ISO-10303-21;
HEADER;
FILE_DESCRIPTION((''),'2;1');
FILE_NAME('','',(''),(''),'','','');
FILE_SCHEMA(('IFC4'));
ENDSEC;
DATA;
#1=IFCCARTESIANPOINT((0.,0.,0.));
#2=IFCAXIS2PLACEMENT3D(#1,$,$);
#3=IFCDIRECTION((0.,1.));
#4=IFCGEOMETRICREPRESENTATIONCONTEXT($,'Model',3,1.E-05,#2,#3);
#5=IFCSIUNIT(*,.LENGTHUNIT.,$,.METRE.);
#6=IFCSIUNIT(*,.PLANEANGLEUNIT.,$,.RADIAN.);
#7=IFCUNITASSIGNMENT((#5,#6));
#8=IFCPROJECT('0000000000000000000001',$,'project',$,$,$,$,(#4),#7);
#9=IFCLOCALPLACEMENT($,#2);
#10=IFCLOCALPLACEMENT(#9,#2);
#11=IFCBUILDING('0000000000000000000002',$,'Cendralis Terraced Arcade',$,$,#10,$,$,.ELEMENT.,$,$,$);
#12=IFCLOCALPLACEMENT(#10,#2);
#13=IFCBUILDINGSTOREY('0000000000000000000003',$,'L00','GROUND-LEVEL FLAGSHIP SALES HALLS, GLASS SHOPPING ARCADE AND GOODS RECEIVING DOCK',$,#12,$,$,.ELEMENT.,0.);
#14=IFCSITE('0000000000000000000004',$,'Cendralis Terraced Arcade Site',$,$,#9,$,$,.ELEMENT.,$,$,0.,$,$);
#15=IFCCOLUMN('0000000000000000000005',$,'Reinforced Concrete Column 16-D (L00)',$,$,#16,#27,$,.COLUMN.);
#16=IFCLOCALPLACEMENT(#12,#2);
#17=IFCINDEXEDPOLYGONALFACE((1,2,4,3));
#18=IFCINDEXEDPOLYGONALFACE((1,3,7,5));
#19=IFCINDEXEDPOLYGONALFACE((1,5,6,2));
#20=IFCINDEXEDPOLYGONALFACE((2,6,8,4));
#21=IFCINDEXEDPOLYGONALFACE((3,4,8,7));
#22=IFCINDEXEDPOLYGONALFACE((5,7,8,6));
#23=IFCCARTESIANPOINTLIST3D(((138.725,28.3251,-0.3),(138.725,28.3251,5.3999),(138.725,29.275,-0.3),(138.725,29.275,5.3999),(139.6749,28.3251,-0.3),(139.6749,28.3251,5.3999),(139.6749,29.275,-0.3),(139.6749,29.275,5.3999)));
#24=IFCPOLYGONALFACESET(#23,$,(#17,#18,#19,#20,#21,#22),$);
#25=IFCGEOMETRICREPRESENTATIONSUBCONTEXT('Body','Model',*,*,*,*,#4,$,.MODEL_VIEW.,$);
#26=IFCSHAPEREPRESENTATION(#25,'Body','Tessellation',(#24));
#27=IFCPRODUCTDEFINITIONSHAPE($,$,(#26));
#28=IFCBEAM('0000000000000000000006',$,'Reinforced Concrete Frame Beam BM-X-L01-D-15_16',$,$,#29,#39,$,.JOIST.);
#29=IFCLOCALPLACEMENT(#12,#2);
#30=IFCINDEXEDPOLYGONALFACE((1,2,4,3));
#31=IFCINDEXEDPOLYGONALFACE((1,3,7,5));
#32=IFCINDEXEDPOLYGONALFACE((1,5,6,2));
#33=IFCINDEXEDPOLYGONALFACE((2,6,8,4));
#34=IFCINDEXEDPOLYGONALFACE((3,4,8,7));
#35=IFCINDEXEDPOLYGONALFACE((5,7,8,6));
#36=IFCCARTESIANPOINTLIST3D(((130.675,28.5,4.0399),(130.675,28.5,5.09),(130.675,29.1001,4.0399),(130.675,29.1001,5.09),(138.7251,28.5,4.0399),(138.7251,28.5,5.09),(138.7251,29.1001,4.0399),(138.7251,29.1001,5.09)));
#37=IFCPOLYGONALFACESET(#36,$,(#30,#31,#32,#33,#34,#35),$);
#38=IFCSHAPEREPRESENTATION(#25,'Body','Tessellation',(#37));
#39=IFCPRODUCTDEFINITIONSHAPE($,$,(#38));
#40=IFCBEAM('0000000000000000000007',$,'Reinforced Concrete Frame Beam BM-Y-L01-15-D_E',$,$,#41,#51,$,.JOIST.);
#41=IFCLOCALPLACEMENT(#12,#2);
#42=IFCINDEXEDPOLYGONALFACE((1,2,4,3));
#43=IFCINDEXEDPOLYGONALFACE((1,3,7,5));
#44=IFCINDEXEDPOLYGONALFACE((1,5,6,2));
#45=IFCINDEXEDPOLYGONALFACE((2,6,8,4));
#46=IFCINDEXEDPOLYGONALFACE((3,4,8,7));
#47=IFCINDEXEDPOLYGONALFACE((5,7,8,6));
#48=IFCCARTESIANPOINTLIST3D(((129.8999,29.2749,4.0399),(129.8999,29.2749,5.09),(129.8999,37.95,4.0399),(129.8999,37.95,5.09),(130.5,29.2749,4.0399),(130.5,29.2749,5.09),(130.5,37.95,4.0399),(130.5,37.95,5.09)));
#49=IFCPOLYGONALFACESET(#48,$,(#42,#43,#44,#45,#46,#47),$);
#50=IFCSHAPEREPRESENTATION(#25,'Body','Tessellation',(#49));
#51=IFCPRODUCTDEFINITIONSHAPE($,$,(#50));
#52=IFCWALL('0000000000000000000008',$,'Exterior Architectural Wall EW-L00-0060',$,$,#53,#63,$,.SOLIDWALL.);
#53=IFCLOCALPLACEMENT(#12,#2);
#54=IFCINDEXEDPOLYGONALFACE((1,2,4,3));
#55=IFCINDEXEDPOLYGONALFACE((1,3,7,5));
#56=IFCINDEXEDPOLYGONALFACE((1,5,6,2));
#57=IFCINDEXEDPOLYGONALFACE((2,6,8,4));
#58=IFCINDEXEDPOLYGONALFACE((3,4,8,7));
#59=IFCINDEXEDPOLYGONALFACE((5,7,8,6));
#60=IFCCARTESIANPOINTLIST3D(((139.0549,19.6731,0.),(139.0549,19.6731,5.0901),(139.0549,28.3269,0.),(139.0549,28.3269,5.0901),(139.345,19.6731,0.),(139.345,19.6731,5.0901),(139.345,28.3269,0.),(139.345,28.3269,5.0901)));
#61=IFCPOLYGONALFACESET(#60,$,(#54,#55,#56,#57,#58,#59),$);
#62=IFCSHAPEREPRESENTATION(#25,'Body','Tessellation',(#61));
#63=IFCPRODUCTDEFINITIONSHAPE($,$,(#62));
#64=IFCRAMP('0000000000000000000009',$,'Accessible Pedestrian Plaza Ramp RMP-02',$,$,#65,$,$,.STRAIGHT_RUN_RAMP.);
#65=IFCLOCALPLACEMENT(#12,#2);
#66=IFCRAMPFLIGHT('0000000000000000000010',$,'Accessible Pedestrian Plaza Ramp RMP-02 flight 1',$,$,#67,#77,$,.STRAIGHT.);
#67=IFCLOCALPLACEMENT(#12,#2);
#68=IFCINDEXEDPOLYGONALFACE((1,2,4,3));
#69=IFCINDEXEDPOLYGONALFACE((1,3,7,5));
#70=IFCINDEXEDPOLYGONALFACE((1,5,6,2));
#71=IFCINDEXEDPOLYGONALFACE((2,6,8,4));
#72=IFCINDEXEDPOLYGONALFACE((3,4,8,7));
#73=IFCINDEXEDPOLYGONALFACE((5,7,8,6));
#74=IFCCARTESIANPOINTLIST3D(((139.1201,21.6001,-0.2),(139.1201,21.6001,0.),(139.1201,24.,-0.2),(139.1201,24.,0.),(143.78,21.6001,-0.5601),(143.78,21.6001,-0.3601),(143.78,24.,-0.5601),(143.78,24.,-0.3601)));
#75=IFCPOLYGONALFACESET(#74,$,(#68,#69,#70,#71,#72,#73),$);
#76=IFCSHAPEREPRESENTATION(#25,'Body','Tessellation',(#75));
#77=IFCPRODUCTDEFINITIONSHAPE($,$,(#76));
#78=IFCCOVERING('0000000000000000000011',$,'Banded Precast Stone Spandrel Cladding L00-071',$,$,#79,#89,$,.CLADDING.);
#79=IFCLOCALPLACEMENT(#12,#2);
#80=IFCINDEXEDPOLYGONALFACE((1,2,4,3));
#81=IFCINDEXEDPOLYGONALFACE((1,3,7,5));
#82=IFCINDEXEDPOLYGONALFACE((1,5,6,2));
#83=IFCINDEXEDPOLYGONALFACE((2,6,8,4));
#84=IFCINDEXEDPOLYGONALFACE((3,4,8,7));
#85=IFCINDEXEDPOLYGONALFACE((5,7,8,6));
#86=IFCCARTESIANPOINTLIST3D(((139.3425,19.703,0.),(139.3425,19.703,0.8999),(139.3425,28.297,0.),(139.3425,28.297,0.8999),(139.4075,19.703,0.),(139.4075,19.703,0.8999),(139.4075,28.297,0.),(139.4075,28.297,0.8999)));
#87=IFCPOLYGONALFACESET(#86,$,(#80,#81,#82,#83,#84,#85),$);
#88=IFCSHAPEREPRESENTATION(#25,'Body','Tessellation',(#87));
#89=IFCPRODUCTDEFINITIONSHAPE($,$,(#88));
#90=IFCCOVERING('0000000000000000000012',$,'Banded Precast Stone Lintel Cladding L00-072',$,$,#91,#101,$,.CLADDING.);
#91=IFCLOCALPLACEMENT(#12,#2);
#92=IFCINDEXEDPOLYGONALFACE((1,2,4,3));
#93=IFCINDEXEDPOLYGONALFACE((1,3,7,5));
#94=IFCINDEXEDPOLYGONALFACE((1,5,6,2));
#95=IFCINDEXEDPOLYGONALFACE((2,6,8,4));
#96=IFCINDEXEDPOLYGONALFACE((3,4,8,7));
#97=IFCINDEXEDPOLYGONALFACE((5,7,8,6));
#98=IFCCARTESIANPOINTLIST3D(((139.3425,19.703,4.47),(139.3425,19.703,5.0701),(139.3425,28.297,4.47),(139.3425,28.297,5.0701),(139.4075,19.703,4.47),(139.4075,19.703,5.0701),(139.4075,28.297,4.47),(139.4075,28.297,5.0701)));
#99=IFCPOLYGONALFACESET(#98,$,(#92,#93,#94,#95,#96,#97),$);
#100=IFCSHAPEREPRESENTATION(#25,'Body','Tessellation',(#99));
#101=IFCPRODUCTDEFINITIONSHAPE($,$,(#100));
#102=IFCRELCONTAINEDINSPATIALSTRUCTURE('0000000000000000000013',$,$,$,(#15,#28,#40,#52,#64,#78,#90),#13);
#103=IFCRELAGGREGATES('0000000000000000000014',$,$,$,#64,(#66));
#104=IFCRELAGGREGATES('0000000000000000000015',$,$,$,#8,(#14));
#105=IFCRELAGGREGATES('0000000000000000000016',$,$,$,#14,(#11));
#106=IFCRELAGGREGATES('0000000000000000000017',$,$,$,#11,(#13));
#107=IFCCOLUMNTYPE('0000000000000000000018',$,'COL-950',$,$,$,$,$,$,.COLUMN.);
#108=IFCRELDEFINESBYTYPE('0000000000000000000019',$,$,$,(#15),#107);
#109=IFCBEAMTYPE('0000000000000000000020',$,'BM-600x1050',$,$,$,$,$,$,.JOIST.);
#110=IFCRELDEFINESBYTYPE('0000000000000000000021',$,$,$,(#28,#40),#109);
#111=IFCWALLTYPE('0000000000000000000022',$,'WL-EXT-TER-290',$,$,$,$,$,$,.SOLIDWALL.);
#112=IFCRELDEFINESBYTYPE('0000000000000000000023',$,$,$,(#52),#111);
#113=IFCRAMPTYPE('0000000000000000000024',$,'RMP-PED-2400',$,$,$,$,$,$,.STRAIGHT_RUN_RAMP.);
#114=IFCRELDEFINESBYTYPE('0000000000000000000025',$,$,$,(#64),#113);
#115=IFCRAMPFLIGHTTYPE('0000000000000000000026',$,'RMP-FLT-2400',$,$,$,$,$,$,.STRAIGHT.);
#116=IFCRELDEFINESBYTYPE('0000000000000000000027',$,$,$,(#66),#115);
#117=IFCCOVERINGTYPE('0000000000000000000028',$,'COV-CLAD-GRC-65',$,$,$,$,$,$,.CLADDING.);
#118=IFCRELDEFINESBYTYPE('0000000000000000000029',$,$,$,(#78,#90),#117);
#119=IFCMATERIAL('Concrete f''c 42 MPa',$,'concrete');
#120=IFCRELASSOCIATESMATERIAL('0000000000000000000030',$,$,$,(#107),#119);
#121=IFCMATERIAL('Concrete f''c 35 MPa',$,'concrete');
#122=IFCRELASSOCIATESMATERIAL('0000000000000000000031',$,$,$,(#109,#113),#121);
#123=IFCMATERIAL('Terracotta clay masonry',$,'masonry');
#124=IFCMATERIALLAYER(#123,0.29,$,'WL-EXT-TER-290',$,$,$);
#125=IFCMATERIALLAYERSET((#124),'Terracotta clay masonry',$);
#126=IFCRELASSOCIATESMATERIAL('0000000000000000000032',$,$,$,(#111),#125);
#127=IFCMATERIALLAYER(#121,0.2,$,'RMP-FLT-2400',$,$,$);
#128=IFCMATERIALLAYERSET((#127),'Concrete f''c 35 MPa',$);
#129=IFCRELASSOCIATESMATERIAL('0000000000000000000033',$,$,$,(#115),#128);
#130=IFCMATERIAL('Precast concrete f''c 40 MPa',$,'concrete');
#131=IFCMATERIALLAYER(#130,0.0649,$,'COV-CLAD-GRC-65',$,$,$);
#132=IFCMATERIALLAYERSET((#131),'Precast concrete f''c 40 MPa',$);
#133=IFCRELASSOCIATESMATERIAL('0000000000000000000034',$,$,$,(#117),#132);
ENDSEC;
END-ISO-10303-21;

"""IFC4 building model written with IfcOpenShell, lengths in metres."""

from ifc_helpers import new_model, si_unit, direction, frame, frame_2d, origin, origin_2d, place, context, subcontext, project, spatial, polyline, rectangle, outline, extrude, material, layer, layer_set, material_profile, profile_set, type_object, element, aggregate, save


model = new_model("IFC4")

# Units and contexts
model_context = context("Model", 3, precision=1e-05, world=origin(), true_north=direction((0.0, 1.0)))
body_context = subcontext(model_context, "Body", "Model", "MODEL_VIEW")
ifc_project = project(units=[si_unit("LENGTHUNIT", "METRE"), si_unit("PLANEANGLEUNIT", "RADIAN")], contexts=[model_context])

# Site, building, storey
site_placement = place(None, origin())
site = spatial("IfcSite", under=ifc_project, at=site_placement, Name="Cendralis Terraced Arcade Site", CompositionType="ELEMENT", RefElevation=0.0)
building_placement = place(site_placement, origin())
building = spatial("IfcBuilding", under=site, at=building_placement, Name="Cendralis Terraced Arcade", CompositionType="ELEMENT")
storey_placement = place(building_placement, origin())
storey = spatial("IfcBuildingStorey", under=building, at=storey_placement, Name="L00", Description="GROUND-LEVEL FLAGSHIP SALES HALLS, GLASS SHOPPING ARCADE AND GOODS RECEIVING DOCK", CompositionType="ELEMENT", Elevation=0.0)

# Shared definitions
ifc_material_1 = material(Name="Concrete f'c 35 MPa", Category="concrete")

# Column
ifc_material_2 = material(Name="Concrete f'c 42 MPa", Category="concrete")
ifc_material_profile_1 = material_profile(ifc_material_2, rectangle(XDim=0.95, YDim=0.95, at=origin_2d()), Name="RC-COL-950x950", Category="LoadBearing")
ifc_profile_set_1 = profile_set([ifc_material_profile_1], Name="Concrete f'c 42 MPa")
column_type_1 = type_object("IfcColumnType", Name="COL-950", PredefinedType="COLUMN", material=ifc_profile_set_1)
for number, where, z_axis, x_axis, name in (
    (1, (139.2, 28.8, -0.3), (0.0, 0.0, 1.0), (1.0, 0.0, 0.0), "Reinforced Concrete Column 16-D (L00)"),
):
    element("IfcColumn", number, at=place(storey_placement, frame(where, z_axis=z_axis, x_axis=x_axis)), inside=storey, type_object=column_type_1, Name=name, PredefinedType="COLUMN", context=body_context, shape_type="SweptSolid", body=[
        extrude(rectangle(XDim=0.95, YDim=0.95, at=origin_2d()), origin(), (0.0, 0.0, 1.0), 5.7),
    ])

# Beams
ifc_material_profile_2 = material_profile(ifc_material_1, rectangle(XDim=0.6001, YDim=1.05, at=origin_2d()), Name="RC-BM-600x1050", Category="LoadBearing")
ifc_profile_set_2 = profile_set([ifc_material_profile_2], Name="Concrete f'c 35 MPa")
beam_type = type_object("IfcBeamType", Name="BM-600x1050", PredefinedType="JOIST", material=ifc_profile_set_2)
beam_1_placement = place(storey_placement, frame((130.675, 28.8, 4.5649), z_axis=(1.0, 0.0, 0.0), x_axis=(0.0, 1.0, 0.0)))
element("IfcBeam", 2, at=beam_1_placement, inside=storey, type_object=beam_type, Name="Reinforced Concrete Frame Beam BM-X-L01-D-15_16", PredefinedType="JOIST", context=body_context, shape_type="SweptSolid", body=[
    extrude(rectangle(XDim=0.6001, YDim=1.05, at=origin_2d()), origin(), (0.0, 0.0, 1.0), 8.05),
])
beam_2_placement = place(storey_placement, frame((130.2, 29.2749, 4.5649), z_axis=(0.0, 1.0, 0.0), x_axis=(-1.0, 0.0, 0.0)))
element("IfcBeam", 3, at=beam_2_placement, inside=storey, type_object=beam_type, Name="Reinforced Concrete Frame Beam BM-Y-L01-15-D_E", PredefinedType="JOIST", context=body_context, shape_type="SweptSolid", body=[
    extrude(rectangle(XDim=0.6001, YDim=1.05, at=origin_2d()), origin(), (0.0, 0.0, 1.0), 8.675),
])

# Wall
ifc_material_3 = material(Name="Terracotta clay masonry", Category="masonry")
ifc_layer_1 = layer(ifc_material_3, 0.29, Name="WL-EXT-TER-290")
ifc_layer_set_1 = layer_set([ifc_layer_1], Name="Terracotta clay masonry")
wall_type = type_object("IfcWallType", Name="WL-EXT-TER-290", PredefinedType="SOLIDWALL", material=ifc_layer_set_1)
wall_placement = place(storey_placement, frame((139.2, 28.3269, 0.0), z_axis=(0.0, 0.0, 1.0), x_axis=(0.0, -1.0, 0.0)))
element("IfcWall", 4, at=wall_placement, inside=storey, type_object=wall_type, Name="Exterior Architectural Wall EW-L00-0060", PredefinedType="SOLIDWALL", context=body_context, shape_type="SweptSolid", body=[
    extrude(rectangle(XDim=8.6538, YDim=0.29, at=frame_2d((4.3269, 0.0))), origin(), (0.0, 0.0, 1.0), 5.0901),
])

# Ramp, ramp flight
ramp_type = type_object("IfcRampType", Name="RMP-PED-2400", PredefinedType="STRAIGHT_RUN_RAMP", material=ifc_material_1)
ramp_placement = place(storey_placement, origin())
ramp = element("IfcRamp", 5, at=ramp_placement, inside=storey, type_object=ramp_type, Name="Accessible Pedestrian Plaza Ramp RMP-02", PredefinedType="STRAIGHT_RUN_RAMP")
ifc_layer_2 = layer(ifc_material_1, 0.2, Name="RMP-FLT-2400")
ifc_layer_set_2 = layer_set([ifc_layer_2], Name="Concrete f'c 35 MPa")
ramp_flight_type = type_object("IfcRampFlightType", Name="RMP-FLT-2400", PredefinedType="STRAIGHT", material=ifc_layer_set_2)
ramp_flight_placement = place(storey_placement, frame((143.78, 22.8, -0.3601), z_axis=(0.0, 0.0, 1.0), x_axis=(-1.0, 0.0, 0.0)))
ramp_flight = element("IfcRampFlight", 6, at=ramp_flight_placement, type_object=ramp_flight_type, Name="Accessible Pedestrian Plaza Ramp RMP-02 flight 1", PredefinedType="STRAIGHT", context=body_context, shape_type="SweptSolid", body=[
    extrude(outline(polyline([(0.0, -0.2), (4.6599, 0.1602), (4.6599, 0.3601), (0.0, 0.0), (0.0, -0.2)])), frame((0.0, 1.2, 0.0), z_axis=(0.0, -1.0, 0.0), x_axis=(1.0, 0.0, 0.0)), (0.0, 0.0, 1.0), 2.3999),
])
aggregate(ramp, [ramp_flight])

# Coverings
ifc_material_4 = material(Name="Precast concrete f'c 40 MPa", Category="concrete")
ifc_layer_3 = layer(ifc_material_4, 0.0649, Name="COV-CLAD-GRC-65")
ifc_layer_set_3 = layer_set([ifc_layer_3], Name="Precast concrete f'c 40 MPa")
covering_type = type_object("IfcCoveringType", Name="COV-CLAD-GRC-65", PredefinedType="CLADDING", material=ifc_layer_set_3)
covering_1_placement = place(storey_placement, frame((139.375, 24.0, 0.0), z_axis=(0.0, 0.0, 1.0), x_axis=(0.0, -1.0, 0.0)))
element("IfcCovering", 7, at=covering_1_placement, inside=storey, type_object=covering_type, Name="Banded Precast Stone Spandrel Cladding L00-071", PredefinedType="CLADDING", context=body_context, shape_type="SweptSolid", body=[
    extrude(rectangle(XDim=8.594, YDim=0.0649, at=origin_2d()), origin(), (0.0, 0.0, 1.0), 0.8999),
])
covering_2_placement = place(storey_placement, frame((139.375, 24.0, 4.47), z_axis=(0.0, 0.0, 1.0), x_axis=(0.0, -1.0, 0.0)))
element("IfcCovering", 8, at=covering_2_placement, inside=storey, type_object=covering_type, Name="Banded Precast Stone Lintel Cladding L00-072", PredefinedType="CLADDING", context=body_context, shape_type="SweptSolid", body=[
    extrude(rectangle(XDim=8.594, YDim=0.0649, at=origin_2d()), origin(), (0.0, 0.0, 1.0), 0.6001),
])

save(model, "model.ifc")
